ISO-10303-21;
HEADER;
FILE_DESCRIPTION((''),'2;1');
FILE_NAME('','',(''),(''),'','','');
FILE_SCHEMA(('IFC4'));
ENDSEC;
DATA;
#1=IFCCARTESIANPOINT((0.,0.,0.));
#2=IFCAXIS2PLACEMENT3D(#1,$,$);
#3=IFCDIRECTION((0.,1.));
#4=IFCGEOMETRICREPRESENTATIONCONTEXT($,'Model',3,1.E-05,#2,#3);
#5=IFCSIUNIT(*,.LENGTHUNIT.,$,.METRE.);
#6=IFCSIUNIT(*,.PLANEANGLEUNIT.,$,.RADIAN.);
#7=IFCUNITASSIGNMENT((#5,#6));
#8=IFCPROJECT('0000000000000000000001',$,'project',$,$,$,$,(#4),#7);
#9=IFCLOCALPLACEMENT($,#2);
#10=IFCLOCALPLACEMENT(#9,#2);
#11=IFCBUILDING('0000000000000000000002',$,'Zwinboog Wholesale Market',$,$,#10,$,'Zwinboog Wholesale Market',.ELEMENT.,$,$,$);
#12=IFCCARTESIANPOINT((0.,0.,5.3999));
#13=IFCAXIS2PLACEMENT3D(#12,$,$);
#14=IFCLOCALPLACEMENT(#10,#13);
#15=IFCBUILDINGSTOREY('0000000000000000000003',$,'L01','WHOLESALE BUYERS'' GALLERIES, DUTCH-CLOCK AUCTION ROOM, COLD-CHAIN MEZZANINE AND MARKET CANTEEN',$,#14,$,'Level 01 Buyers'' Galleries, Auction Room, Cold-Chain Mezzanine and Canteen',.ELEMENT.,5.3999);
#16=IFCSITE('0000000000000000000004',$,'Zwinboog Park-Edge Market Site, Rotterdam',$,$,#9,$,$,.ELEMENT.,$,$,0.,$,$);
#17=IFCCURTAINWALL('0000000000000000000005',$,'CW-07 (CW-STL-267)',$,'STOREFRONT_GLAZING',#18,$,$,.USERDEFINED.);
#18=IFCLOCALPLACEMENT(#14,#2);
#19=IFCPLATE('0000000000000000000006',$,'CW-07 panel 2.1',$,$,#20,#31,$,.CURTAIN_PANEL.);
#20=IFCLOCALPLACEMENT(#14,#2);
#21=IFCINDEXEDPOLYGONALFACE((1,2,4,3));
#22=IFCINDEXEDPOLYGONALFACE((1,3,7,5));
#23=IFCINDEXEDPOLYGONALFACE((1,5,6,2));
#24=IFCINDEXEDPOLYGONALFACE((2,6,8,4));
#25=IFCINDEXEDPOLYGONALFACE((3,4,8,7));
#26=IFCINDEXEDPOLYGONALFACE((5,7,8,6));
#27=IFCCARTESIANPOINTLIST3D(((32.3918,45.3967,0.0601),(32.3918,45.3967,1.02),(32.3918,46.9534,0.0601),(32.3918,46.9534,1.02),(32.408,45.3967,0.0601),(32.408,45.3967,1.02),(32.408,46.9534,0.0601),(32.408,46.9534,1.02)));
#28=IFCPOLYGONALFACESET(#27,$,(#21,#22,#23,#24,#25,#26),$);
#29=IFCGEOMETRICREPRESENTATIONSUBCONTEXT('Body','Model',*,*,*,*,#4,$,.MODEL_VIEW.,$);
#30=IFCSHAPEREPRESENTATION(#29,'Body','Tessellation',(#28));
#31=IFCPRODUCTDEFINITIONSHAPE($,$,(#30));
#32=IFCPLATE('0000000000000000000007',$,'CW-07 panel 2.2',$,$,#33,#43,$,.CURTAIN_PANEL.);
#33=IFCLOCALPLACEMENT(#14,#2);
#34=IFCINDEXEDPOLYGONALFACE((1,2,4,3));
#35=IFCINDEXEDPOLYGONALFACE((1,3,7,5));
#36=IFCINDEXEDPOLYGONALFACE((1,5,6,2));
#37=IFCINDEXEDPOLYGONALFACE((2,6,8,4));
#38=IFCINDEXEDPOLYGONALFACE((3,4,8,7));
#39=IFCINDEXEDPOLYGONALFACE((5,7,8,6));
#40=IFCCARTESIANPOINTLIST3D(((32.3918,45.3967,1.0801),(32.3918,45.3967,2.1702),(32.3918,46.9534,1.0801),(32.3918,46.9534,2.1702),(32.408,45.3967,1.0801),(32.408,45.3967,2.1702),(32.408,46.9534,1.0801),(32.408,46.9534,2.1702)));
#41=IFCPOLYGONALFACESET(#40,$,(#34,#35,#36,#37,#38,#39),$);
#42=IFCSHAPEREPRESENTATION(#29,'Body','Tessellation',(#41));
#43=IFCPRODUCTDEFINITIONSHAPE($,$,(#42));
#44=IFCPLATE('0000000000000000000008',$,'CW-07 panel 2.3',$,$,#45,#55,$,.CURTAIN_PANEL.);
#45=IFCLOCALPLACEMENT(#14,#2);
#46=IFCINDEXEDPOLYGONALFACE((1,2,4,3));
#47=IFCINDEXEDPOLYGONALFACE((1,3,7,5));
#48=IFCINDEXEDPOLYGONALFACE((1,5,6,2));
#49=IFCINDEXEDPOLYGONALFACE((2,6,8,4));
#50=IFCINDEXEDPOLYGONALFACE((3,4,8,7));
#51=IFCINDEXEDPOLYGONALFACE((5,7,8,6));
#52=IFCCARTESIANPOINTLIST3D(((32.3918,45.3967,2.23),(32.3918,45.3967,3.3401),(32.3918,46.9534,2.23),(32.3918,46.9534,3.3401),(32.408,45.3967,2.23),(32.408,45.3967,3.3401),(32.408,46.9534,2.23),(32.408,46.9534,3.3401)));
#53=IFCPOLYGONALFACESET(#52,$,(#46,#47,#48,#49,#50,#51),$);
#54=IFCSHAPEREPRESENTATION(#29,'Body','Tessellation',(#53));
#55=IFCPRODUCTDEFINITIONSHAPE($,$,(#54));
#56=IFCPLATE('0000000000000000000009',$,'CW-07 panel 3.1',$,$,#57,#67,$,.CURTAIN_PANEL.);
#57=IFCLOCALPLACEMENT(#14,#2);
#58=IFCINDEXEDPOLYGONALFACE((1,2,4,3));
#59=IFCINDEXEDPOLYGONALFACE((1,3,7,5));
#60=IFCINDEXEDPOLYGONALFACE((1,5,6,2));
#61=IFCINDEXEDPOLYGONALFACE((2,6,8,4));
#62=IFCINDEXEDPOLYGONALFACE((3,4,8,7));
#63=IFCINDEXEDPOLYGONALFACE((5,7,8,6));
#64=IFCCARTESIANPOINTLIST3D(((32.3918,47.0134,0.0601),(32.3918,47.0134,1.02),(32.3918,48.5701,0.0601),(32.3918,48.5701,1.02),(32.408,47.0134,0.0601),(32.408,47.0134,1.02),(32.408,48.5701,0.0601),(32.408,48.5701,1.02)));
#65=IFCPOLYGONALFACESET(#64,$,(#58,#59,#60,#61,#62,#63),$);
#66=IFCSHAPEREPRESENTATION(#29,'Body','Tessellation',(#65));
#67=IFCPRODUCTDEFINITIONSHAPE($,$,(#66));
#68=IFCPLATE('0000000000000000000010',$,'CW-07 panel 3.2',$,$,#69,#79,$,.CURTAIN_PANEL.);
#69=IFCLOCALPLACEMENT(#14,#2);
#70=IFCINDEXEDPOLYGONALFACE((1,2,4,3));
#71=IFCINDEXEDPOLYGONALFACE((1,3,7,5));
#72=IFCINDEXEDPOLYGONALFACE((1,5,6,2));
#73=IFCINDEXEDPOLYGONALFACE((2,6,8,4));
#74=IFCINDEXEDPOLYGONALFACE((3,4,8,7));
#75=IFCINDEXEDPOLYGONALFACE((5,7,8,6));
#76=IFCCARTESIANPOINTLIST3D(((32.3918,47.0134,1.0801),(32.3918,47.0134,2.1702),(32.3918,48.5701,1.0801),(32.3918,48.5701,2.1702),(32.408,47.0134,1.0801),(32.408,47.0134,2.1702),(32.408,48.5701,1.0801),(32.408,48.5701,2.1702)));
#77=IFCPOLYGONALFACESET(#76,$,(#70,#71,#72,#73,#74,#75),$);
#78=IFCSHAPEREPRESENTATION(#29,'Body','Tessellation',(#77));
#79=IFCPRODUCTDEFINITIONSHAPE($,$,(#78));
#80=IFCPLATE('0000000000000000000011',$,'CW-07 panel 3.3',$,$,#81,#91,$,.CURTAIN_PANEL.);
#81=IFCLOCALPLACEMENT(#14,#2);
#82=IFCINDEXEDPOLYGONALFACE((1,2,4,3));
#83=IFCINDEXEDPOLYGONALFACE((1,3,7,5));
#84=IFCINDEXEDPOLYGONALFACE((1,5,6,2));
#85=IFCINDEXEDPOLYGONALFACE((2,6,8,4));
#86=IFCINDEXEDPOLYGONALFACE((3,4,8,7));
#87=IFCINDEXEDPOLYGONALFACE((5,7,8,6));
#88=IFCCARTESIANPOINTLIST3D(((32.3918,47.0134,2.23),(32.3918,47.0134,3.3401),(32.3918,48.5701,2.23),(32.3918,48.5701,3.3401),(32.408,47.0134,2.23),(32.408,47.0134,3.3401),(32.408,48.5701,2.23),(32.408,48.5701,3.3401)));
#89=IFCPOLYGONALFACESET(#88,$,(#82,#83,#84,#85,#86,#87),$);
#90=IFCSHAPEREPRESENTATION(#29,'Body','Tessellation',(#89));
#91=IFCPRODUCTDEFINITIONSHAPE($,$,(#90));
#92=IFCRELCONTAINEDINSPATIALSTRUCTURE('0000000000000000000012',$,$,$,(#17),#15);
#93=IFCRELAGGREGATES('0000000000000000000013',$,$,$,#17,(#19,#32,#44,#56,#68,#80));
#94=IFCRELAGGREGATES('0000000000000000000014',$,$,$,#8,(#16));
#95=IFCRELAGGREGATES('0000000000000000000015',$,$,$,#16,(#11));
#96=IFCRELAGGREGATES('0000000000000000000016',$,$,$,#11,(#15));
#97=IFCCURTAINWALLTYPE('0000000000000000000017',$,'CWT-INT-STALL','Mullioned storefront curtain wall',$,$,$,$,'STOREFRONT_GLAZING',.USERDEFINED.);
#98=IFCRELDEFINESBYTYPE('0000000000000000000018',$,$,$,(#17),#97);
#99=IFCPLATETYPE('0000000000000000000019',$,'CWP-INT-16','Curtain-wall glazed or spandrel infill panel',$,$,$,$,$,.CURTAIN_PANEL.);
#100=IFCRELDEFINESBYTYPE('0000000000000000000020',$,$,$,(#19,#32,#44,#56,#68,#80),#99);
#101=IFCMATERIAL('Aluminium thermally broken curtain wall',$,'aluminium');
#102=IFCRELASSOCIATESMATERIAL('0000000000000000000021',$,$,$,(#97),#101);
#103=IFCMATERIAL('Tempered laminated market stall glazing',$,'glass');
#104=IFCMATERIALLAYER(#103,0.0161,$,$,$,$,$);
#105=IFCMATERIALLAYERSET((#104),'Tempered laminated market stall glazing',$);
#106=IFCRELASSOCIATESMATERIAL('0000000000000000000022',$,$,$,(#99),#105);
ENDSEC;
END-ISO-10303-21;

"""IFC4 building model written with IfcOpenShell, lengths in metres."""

from ifc_helpers import new_model, si_unit, direction, frame, origin, origin_2d, place, context, subcontext, project, spatial, rectangle, extrude, material, layer, layer_set, type_object, element, aggregate, save


model = new_model("IFC4")

# Units and contexts
model_context = context("Model", 3, precision=1e-05, world=origin(), true_north=direction((0.0, 1.0)))
body_context = subcontext(model_context, "Body", "Model", "MODEL_VIEW")
ifc_project = project(units=[si_unit("LENGTHUNIT", "METRE"), si_unit("PLANEANGLEUNIT", "RADIAN")], contexts=[model_context])

# Site, building, storey
site_placement = place(None, origin())
site = spatial("IfcSite", under=ifc_project, at=site_placement, Name="Zwinboog Park-Edge Market Site, Rotterdam", CompositionType="ELEMENT", RefElevation=0.0)
building_placement = place(site_placement, origin())
building = spatial("IfcBuilding", under=site, at=building_placement, Name="Zwinboog Wholesale Market", LongName="Zwinboog Wholesale Market", CompositionType="ELEMENT")
storey_placement = place(building_placement, frame((0.0, 0.0, 5.3999)))
storey = spatial("IfcBuildingStorey", under=building, at=storey_placement, Name="L01", Description="WHOLESALE BUYERS' GALLERIES, DUTCH-CLOCK AUCTION ROOM, COLD-CHAIN MEZZANINE AND MARKET CANTEEN", LongName="Level 01 Buyers' Galleries, Auction Room, Cold-Chain Mezzanine and Canteen", CompositionType="ELEMENT", Elevation=5.3999)

# Curtain wall, plates
ifc_material_1 = material(Name="Aluminium thermally broken curtain wall", Category="aluminium")
curtain_wall_type = type_object("IfcCurtainWallType", Name="CWT-INT-STALL", Description="Mullioned storefront curtain wall", ElementType="STOREFRONT_GLAZING", PredefinedType="USERDEFINED", material=ifc_material_1)
curtain_wall_placement = place(storey_placement, origin())
curtain_wall = element("IfcCurtainWall", 1, at=curtain_wall_placement, inside=storey, type_object=curtain_wall_type, Name="CW-07 (CW-STL-267)", ObjectType="STOREFRONT_GLAZING", PredefinedType="USERDEFINED")
ifc_material_2 = material(Name="Tempered laminated market stall glazing", Category="glass")
ifc_layer = layer(ifc_material_2, 0.0161)
ifc_layer_set = layer_set([ifc_layer], Name="Tempered laminated market stall glazing")
plate_type = type_object("IfcPlateType", Name="CWP-INT-16", Description="Curtain-wall glazed or spandrel infill panel", PredefinedType="CURTAIN_PANEL", material=ifc_layer_set)
plate_1_placement = place(storey_placement, frame((32.3999, 46.175, 0.0601), z_axis=(0.0, 0.0, 1.0), x_axis=(0.0, 1.0, 0.0)))
plate_1 = element("IfcPlate", 2, at=plate_1_placement, type_object=plate_type, Name="CW-07 panel 2.1", PredefinedType="CURTAIN_PANEL", context=body_context, shape_type="SweptSolid", body=[
    extrude(rectangle(XDim=1.5566, YDim=0.0161, at=origin_2d()), origin(), (0.0, 0.0, 1.0), 0.96),
])
plate_2_placement = place(storey_placement, frame((32.3999, 46.175, 1.0801), z_axis=(0.0, 0.0, 1.0), x_axis=(0.0, 1.0, 0.0)))
plate_2 = element("IfcPlate", 3, at=plate_2_placement, type_object=plate_type, Name="CW-07 panel 2.2", PredefinedType="CURTAIN_PANEL", context=body_context, shape_type="SweptSolid", body=[
    extrude(rectangle(XDim=1.5566, YDim=0.0161, at=origin_2d()), origin(), (0.0, 0.0, 1.0), 1.0901),
])
plate_3_placement = place(storey_placement, frame((32.3999, 46.175, 2.23), z_axis=(0.0, 0.0, 1.0), x_axis=(0.0, 1.0, 0.0)))
plate_3 = element("IfcPlate", 4, at=plate_3_placement, type_object=plate_type, Name="CW-07 panel 2.3", PredefinedType="CURTAIN_PANEL", context=body_context, shape_type="SweptSolid", body=[
    extrude(rectangle(XDim=1.5566, YDim=0.0161, at=origin_2d()), origin(), (0.0, 0.0, 1.0), 1.1101),
])
plate_4_placement = place(storey_placement, frame((32.3999, 47.7917, 0.0601), z_axis=(0.0, 0.0, 1.0), x_axis=(0.0, 1.0, 0.0)))
plate_4 = element("IfcPlate", 5, at=plate_4_placement, type_object=plate_type, Name="CW-07 panel 3.1", PredefinedType="CURTAIN_PANEL", context=body_context, shape_type="SweptSolid", body=[
    extrude(rectangle(XDim=1.5566, YDim=0.0161, at=origin_2d()), origin(), (0.0, 0.0, 1.0), 0.96),
])
plate_5_placement = place(storey_placement, frame((32.3999, 47.7917, 1.0801), z_axis=(0.0, 0.0, 1.0), x_axis=(0.0, 1.0, 0.0)))
plate_5 = element("IfcPlate", 6, at=plate_5_placement, type_object=plate_type, Name="CW-07 panel 3.2", PredefinedType="CURTAIN_PANEL", context=body_context, shape_type="SweptSolid", body=[
    extrude(rectangle(XDim=1.5566, YDim=0.0161, at=origin_2d()), origin(), (0.0, 0.0, 1.0), 1.0901),
])
plate_6_placement = place(storey_placement, frame((32.3999, 47.7917, 2.23), z_axis=(0.0, 0.0, 1.0), x_axis=(0.0, 1.0, 0.0)))
plate_6 = element("IfcPlate", 7, at=plate_6_placement, type_object=plate_type, Name="CW-07 panel 3.3", PredefinedType="CURTAIN_PANEL", context=body_context, shape_type="SweptSolid", body=[
    extrude(rectangle(XDim=1.5566, YDim=0.0161, at=origin_2d()), origin(), (0.0, 0.0, 1.0), 1.1101),
])
aggregate(curtain_wall, [plate_1, plate_2, plate_3, plate_4, plate_5, plate_6])

save(model, "model.ifc")
